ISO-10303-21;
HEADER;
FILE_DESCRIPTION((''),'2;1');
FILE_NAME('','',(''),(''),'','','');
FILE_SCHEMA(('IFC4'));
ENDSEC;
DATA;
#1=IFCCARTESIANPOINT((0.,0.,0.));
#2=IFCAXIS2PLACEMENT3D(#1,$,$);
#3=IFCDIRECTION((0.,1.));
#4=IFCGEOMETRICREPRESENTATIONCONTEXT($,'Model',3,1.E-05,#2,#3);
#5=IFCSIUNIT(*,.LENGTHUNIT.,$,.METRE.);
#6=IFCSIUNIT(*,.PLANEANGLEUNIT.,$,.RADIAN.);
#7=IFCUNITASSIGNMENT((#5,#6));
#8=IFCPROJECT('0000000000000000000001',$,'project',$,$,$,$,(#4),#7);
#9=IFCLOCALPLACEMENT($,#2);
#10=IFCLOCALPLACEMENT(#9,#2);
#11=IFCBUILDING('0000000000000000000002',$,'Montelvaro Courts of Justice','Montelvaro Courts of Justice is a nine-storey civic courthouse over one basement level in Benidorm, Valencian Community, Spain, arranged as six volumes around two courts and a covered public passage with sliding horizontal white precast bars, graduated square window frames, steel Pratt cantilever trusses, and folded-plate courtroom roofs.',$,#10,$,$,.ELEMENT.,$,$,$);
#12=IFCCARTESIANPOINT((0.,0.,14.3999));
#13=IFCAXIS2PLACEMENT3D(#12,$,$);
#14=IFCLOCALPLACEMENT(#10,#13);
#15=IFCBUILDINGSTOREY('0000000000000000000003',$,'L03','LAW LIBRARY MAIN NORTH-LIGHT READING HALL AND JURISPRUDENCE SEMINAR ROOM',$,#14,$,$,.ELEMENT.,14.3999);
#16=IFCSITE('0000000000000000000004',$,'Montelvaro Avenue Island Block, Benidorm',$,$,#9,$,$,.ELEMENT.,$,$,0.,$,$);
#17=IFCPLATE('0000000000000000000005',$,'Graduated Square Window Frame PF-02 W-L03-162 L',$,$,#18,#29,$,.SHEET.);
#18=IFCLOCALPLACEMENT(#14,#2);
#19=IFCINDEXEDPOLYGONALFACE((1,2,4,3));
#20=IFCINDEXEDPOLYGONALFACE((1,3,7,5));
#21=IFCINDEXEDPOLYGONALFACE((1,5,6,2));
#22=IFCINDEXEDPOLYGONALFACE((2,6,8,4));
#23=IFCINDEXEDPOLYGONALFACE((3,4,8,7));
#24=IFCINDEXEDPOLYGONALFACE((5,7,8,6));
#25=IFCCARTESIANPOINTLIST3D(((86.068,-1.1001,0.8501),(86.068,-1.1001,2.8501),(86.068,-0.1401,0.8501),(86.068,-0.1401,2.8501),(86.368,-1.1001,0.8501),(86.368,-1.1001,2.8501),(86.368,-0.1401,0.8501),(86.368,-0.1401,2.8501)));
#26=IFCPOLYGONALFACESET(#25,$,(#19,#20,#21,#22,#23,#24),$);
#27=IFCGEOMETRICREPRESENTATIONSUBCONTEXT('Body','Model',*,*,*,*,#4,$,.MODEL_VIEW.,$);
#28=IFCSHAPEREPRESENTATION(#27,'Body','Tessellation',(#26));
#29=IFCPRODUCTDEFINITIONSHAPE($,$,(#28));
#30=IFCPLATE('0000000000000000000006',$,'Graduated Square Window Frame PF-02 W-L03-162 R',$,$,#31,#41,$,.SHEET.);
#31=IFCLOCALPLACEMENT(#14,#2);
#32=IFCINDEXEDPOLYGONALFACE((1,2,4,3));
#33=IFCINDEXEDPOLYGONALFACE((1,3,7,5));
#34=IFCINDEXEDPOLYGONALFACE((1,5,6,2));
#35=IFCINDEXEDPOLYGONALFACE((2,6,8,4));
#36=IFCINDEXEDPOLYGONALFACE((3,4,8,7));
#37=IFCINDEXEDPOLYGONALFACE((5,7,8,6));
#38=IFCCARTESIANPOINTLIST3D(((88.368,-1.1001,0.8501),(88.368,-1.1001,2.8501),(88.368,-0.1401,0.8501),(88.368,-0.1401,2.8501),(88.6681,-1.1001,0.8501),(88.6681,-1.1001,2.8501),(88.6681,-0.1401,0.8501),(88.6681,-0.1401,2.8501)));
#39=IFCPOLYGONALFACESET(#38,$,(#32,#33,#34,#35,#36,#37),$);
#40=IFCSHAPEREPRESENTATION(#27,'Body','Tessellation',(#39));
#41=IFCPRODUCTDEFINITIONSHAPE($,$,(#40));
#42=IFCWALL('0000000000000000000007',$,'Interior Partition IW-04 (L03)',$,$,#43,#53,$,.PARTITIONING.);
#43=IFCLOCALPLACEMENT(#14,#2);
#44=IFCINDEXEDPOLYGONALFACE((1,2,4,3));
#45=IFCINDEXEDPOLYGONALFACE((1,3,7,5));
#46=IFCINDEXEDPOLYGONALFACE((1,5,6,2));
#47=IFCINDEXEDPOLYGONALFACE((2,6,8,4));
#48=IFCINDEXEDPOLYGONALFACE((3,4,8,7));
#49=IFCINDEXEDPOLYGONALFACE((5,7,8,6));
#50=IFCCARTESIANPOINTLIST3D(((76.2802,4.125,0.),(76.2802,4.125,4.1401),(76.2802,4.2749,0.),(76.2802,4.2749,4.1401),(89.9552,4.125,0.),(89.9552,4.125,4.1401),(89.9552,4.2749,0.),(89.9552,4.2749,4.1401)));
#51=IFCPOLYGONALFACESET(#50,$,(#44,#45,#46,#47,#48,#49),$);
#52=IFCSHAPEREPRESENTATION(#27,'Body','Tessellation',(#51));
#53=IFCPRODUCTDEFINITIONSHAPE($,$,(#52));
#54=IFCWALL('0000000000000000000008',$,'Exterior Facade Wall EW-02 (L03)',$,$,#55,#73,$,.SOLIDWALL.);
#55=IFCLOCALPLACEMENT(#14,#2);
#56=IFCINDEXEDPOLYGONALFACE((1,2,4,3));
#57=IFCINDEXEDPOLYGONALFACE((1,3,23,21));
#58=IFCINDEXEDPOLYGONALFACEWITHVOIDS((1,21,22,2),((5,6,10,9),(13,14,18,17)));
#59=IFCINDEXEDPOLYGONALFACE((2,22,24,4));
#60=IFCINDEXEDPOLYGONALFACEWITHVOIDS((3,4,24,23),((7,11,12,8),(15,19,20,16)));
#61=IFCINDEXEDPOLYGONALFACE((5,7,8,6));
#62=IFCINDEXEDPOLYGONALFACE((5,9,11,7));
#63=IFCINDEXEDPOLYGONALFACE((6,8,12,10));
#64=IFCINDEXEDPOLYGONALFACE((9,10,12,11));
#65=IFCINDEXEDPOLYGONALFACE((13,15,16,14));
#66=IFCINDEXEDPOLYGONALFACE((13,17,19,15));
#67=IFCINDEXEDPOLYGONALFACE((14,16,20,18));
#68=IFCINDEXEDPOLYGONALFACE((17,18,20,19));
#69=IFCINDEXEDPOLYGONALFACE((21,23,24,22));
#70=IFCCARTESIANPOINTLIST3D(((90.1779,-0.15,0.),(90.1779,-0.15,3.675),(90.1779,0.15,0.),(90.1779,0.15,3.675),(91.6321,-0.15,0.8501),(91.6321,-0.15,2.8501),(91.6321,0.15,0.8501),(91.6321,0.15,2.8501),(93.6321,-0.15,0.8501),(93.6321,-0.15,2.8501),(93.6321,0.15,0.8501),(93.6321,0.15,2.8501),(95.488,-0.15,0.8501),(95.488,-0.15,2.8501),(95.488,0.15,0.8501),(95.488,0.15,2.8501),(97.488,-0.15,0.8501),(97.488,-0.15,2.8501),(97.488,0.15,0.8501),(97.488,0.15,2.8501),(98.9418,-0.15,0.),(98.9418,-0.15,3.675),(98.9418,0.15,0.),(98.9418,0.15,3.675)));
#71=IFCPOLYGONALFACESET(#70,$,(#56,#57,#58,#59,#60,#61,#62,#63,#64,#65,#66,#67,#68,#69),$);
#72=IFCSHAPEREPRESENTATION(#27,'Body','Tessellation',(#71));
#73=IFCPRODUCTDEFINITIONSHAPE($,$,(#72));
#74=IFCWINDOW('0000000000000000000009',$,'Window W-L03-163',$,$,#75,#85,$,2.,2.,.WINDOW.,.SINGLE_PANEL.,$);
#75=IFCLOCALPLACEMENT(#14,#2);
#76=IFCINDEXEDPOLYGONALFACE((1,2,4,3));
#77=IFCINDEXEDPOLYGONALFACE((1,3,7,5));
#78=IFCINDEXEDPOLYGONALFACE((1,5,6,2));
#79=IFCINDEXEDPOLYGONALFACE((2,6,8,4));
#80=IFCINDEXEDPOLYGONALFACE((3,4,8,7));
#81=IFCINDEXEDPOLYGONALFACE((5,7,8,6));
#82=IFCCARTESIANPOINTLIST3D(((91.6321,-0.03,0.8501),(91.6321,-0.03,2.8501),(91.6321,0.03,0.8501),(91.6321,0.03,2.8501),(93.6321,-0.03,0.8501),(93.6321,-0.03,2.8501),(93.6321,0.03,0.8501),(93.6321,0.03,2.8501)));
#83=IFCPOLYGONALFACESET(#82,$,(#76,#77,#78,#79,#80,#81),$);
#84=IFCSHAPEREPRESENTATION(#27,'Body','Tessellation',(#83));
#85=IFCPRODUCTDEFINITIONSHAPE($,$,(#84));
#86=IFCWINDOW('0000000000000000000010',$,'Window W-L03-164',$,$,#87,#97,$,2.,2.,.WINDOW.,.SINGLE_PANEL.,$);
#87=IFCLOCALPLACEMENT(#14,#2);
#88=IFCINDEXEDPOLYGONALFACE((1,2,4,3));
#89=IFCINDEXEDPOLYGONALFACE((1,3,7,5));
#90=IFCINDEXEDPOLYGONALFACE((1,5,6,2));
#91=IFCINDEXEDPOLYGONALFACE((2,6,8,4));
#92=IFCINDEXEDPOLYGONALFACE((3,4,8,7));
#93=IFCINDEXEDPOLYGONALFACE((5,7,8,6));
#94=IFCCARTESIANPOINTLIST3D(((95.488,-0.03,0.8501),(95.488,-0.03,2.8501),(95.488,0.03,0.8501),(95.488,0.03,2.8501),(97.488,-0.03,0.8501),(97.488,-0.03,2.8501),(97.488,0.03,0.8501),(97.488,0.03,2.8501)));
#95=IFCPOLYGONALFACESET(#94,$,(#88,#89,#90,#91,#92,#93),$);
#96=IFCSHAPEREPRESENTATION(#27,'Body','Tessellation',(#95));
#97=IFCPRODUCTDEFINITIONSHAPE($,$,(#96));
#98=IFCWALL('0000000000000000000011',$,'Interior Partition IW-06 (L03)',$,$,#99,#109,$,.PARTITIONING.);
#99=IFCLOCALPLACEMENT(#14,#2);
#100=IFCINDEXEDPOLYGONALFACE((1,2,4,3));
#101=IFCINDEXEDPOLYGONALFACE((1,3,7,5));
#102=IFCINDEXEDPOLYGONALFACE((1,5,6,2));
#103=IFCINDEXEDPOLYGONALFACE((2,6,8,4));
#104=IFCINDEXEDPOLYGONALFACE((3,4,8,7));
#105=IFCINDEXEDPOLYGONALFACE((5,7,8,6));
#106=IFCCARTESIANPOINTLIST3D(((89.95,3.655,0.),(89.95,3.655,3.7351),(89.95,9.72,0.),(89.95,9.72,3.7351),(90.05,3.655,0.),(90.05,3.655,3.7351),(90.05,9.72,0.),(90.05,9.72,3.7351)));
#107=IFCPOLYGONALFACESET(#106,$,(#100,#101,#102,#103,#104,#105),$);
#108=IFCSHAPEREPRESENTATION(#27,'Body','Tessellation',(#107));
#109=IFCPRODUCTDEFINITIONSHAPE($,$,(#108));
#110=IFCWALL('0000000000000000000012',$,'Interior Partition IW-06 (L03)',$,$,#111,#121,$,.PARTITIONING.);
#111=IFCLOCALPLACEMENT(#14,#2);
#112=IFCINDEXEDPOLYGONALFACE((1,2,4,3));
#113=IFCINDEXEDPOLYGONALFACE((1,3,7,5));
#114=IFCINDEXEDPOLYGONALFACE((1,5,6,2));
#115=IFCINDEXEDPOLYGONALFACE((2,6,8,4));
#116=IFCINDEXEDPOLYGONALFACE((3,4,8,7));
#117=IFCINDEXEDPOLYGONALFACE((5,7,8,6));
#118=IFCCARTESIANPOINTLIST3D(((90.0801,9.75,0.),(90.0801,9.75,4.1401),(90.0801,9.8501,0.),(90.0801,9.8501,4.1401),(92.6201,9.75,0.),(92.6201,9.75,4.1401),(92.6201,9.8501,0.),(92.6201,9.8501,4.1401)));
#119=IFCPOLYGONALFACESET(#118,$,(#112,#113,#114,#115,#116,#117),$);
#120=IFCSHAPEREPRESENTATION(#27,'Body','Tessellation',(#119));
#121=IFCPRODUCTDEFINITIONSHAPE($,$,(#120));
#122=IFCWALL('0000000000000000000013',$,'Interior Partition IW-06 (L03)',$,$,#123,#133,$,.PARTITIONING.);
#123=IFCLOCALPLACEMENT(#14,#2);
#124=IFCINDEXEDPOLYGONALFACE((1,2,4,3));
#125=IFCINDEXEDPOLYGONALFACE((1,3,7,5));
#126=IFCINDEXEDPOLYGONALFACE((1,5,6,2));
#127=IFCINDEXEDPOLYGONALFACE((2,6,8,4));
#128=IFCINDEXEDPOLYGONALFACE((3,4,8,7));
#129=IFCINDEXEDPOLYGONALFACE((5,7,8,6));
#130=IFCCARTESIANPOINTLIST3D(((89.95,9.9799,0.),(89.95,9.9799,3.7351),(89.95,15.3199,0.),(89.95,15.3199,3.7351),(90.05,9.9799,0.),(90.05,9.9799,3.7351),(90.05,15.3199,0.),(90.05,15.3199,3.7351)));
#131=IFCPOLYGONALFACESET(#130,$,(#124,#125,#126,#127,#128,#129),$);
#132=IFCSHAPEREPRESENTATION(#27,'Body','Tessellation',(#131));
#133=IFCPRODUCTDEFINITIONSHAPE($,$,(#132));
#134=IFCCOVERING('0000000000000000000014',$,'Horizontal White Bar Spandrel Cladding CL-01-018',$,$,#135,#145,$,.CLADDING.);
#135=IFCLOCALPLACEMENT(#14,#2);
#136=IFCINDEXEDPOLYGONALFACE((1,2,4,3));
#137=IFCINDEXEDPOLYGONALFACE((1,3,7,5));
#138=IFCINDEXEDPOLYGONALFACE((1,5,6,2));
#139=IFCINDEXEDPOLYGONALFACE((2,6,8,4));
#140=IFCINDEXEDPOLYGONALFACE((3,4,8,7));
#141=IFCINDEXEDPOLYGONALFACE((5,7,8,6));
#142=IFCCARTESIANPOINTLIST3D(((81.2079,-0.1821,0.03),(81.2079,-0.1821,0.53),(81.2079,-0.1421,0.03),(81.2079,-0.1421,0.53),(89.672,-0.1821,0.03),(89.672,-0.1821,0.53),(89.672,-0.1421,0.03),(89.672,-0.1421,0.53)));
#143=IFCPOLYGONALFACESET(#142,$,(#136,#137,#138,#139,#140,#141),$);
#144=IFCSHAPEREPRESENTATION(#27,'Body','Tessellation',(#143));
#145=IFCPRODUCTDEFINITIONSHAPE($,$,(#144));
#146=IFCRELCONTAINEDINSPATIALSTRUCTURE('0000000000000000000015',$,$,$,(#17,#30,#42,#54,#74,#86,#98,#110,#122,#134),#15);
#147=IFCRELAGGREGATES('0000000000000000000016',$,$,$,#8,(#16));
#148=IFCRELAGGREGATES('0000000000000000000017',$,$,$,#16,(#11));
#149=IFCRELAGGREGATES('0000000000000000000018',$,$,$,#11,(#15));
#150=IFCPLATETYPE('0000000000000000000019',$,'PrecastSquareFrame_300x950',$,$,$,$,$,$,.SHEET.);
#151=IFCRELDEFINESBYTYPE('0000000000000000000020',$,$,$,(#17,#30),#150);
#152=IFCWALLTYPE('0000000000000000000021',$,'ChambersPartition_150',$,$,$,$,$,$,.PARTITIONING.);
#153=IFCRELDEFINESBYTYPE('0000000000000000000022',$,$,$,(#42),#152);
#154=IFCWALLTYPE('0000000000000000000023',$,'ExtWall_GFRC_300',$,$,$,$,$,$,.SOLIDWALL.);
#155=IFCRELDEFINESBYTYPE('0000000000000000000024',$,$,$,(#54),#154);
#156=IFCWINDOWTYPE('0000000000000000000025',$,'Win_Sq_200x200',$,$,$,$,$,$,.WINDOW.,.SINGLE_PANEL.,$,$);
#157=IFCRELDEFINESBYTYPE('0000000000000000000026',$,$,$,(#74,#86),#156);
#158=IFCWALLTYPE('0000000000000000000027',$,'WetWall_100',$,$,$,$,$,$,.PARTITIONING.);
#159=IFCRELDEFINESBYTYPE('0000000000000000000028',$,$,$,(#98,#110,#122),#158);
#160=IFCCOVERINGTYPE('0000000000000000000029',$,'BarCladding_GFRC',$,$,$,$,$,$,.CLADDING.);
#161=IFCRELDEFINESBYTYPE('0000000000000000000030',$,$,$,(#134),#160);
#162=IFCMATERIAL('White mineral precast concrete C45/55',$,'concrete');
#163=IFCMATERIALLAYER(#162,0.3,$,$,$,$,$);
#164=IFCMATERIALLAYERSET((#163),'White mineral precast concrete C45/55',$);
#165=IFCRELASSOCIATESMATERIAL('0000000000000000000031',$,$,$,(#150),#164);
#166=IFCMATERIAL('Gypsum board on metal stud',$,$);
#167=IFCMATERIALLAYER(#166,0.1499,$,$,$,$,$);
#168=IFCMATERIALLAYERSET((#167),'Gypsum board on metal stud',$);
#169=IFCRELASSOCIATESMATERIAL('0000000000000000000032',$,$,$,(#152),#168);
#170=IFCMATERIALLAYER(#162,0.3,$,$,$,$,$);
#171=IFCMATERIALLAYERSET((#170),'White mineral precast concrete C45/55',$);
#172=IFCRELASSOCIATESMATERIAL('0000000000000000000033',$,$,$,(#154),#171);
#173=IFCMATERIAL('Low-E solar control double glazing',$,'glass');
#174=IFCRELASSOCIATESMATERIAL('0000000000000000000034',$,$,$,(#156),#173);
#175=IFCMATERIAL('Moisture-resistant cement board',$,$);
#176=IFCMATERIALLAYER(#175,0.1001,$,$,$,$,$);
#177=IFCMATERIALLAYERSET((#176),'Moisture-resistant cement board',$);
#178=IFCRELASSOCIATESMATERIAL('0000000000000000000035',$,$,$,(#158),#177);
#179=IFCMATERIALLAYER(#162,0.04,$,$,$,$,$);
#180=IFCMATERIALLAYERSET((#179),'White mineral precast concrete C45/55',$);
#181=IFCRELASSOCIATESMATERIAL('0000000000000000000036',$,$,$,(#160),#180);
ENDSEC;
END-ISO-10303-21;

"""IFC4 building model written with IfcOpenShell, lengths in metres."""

from ifc_helpers import new_model, si_unit, direction, frame, frame_2d, origin, origin_2d, place, context, subcontext, project, spatial, rectangle, extrude, material, layer, layer_set, type_object, element, fill, save


model = new_model("IFC4")

# Units and contexts
model_context = context("Model", 3, precision=1e-05, world=origin(), true_north=direction((0.0, 1.0)))
body_context = subcontext(model_context, "Body", "Model", "MODEL_VIEW")
ifc_project = project(units=[si_unit("LENGTHUNIT", "METRE"), si_unit("PLANEANGLEUNIT", "RADIAN")], contexts=[model_context])

# Site, building, storey
site_placement = place(None, origin())
site = spatial("IfcSite", under=ifc_project, at=site_placement, Name="Montelvaro Avenue Island Block, Benidorm", CompositionType="ELEMENT", RefElevation=0.0)
building_placement = place(site_placement, origin())
building = spatial("IfcBuilding", under=site, at=building_placement, Name="Montelvaro Courts of Justice", Description="Montelvaro Courts of Justice is a nine-storey civic courthouse over one basement level in Benidorm, Valencian Community, Spain, arranged as six volumes around two courts and a covered public passage with sliding horizontal white precast bars, graduated square window frames, steel Pratt cantilever trusses, and folded-plate courtroom roofs.", CompositionType="ELEMENT")
storey_placement = place(building_placement, frame((0.0, 0.0, 14.3999)))
storey = spatial("IfcBuildingStorey", under=building, at=storey_placement, Name="L03", Description="LAW LIBRARY MAIN NORTH-LIGHT READING HALL AND JURISPRUDENCE SEMINAR ROOM", CompositionType="ELEMENT", Elevation=14.3999)

# Plates
ifc_material_1 = material(Name="White mineral precast concrete C45/55", Category="concrete")
ifc_layer_1 = layer(ifc_material_1, 0.3)
ifc_layer_set_1 = layer_set([ifc_layer_1], Name="White mineral precast concrete C45/55")
plate_type = type_object("IfcPlateType", Name="PrecastSquareFrame_300x950", PredefinedType="SHEET", material=ifc_layer_set_1)
for number, where, z_axis, x_axis, name in (
    (1, (86.218, -0.6201, 0.8501), (0.0, 0.0, 1.0), (1.0, 0.0, 0.0), "Graduated Square Window Frame PF-02 W-L03-162 L"),
    (2, (88.5181, -0.6201, 0.8501), (0.0, 0.0, 1.0), (1.0, 0.0, 0.0), "Graduated Square Window Frame PF-02 W-L03-162 R"),
):
    element("IfcPlate", number, at=place(storey_placement, frame(where, z_axis=z_axis, x_axis=x_axis)), inside=storey, type_object=plate_type, Name=name, PredefinedType="SHEET", context=body_context, shape_type="SweptSolid", body=[
        extrude(rectangle(XDim=0.3, YDim=0.96, at=origin_2d()), origin(), (0.0, 0.0, 1.0), 2.0),
    ])

# Wall
ifc_material_2 = material(Name="Gypsum board on metal stud")
ifc_layer_2 = layer(ifc_material_2, 0.1499)
ifc_layer_set_2 = layer_set([ifc_layer_2], Name="Gypsum board on metal stud")
wall_type_1 = type_object("IfcWallType", Name="ChambersPartition_150", PredefinedType="PARTITIONING", material=ifc_layer_set_2)
wall_1_placement = place(storey_placement, frame((89.9551, 4.2, 0.0), z_axis=(0.0, 0.0, 1.0), x_axis=(-1.0, 0.0, 0.0)))
element("IfcWall", 3, at=wall_1_placement, inside=storey, type_object=wall_type_1, Name="Interior Partition IW-04 (L03)", PredefinedType="PARTITIONING", context=body_context, shape_type="SweptSolid", body=[
    extrude(rectangle(XDim=13.675, YDim=0.1499, at=frame_2d((6.8374, 0.0))), origin(), (0.0, 0.0, 1.0), 4.1401),
])

# Wall, openings, windows
ifc_layer_3 = layer(ifc_material_1, 0.3)
ifc_layer_set_3 = layer_set([ifc_layer_3], Name="White mineral precast concrete C45/55")
wall_type_2 = type_object("IfcWallType", Name="ExtWall_GFRC_300", PredefinedType="SOLIDWALL", material=ifc_layer_set_3)
wall_2_placement = place(storey_placement, frame((90.178, 0.0, 0.0), z_axis=(0.0, 0.0, 1.0), x_axis=(1.0, 0.0, 0.0)))
wall_2 = element("IfcWall", 4, at=wall_2_placement, inside=storey, type_object=wall_type_2, Name="Exterior Facade Wall EW-02 (L03)", PredefinedType="SOLIDWALL", context=body_context, shape_type="SweptSolid", body=[
    extrude(rectangle(XDim=8.7639, YDim=0.3, at=frame_2d((4.3818, 0.0))), origin(), (0.0, 0.0, 1.0), 3.675),
])
opening_1_placement = place(wall_2_placement, frame((1.4541, 0.0, 0.8501)))
opening_1 = element("IfcOpeningElement", 5, at=opening_1_placement, cuts=wall_2, PredefinedType="OPENING", context=body_context, shape_type="SweptSolid", body=[
    extrude(rectangle(XDim=2.0, YDim=2.0, at=frame_2d((1.0, 1.0))), frame((0.0, 0.165, 0.0), z_axis=(0.0, -1.0, 0.0), x_axis=(1.0, 0.0, 0.0)), (0.0, 0.0, 1.0), 0.3298),
])
opening_2_placement = place(wall_2_placement, frame((5.3101, 0.0, 0.8501)))
opening_2 = element("IfcOpeningElement", 6, at=opening_2_placement, cuts=wall_2, PredefinedType="OPENING", context=body_context, shape_type="SweptSolid", body=[
    extrude(rectangle(XDim=2.0, YDim=2.0, at=frame_2d((1.0, 1.0))), frame((0.0, 0.165, 0.0), z_axis=(0.0, -1.0, 0.0), x_axis=(1.0, 0.0, 0.0)), (0.0, 0.0, 1.0), 0.3298),
])
ifc_material_3 = material(Name="Low-E solar control double glazing", Category="glass")
window_type = type_object("IfcWindowType", Name="Win_Sq_200x200", PartitioningType="SINGLE_PANEL", PredefinedType="WINDOW", material=ifc_material_3)
window_1_placement = place(opening_1_placement, origin())
window_1 = element("IfcWindow", 7, at=window_1_placement, inside=storey, type_object=window_type, Name="Window W-L03-163", OverallHeight=2.0, OverallWidth=2.0, PartitioningType="SINGLE_PANEL", PredefinedType="WINDOW", context=body_context, shape_type="SweptSolid", body=[
    extrude(rectangle(XDim=2.0, YDim=2.0, at=frame_2d((1.0, 1.0))), frame((0.0, 0.03, 0.0), z_axis=(0.0, -1.0, 0.0), x_axis=(1.0, 0.0, 0.0)), (0.0, 0.0, 1.0), 0.0601),
])
fill(opening_1, window_1)
window_2_placement = place(opening_2_placement, origin())
window_2 = element("IfcWindow", 8, at=window_2_placement, inside=storey, type_object=window_type, Name="Window W-L03-164", OverallHeight=2.0, OverallWidth=2.0, PartitioningType="SINGLE_PANEL", PredefinedType="WINDOW", context=body_context, shape_type="SweptSolid", body=[
    extrude(rectangle(XDim=2.0, YDim=2.0, at=frame_2d((1.0, 1.0))), frame((0.0, 0.03, 0.0), z_axis=(0.0, -1.0, 0.0), x_axis=(1.0, 0.0, 0.0)), (0.0, 0.0, 1.0), 0.0601),
])
fill(opening_2, window_2)

# Walls
ifc_material_4 = material(Name="Moisture-resistant cement board")
ifc_layer_4 = layer(ifc_material_4, 0.1001)
ifc_layer_set_4 = layer_set([ifc_layer_4], Name="Moisture-resistant cement board")
wall_type_3 = type_object("IfcWallType", Name="WetWall_100", PredefinedType="PARTITIONING", material=ifc_layer_set_4)
wall_3_placement = place(storey_placement, frame((90.0, 3.655, 0.0), z_axis=(0.0, 0.0, 1.0), x_axis=(0.0, 1.0, 0.0)))
element("IfcWall", 9, at=wall_3_placement, inside=storey, type_object=wall_type_3, Name="Interior Partition IW-06 (L03)", PredefinedType="PARTITIONING", context=body_context, shape_type="SweptSolid", body=[
    extrude(rectangle(XDim=6.0649, YDim=0.1001, at=frame_2d((3.0325, 0.0))), origin(), (0.0, 0.0, 1.0), 3.7351),
])
wall_4_placement = place(storey_placement, frame((90.0801, 9.8, 0.0), z_axis=(0.0, 0.0, 1.0), x_axis=(1.0, 0.0, 0.0)))
element("IfcWall", 10, at=wall_4_placement, inside=storey, type_object=wall_type_3, Name="Interior Partition IW-06 (L03)", PredefinedType="PARTITIONING", context=body_context, shape_type="SweptSolid", body=[
    extrude(rectangle(XDim=2.54, YDim=0.1001, at=frame_2d((1.27, 0.0))), origin(), (0.0, 0.0, 1.0), 4.1401),
])
wall_5_placement = place(storey_placement, frame((90.0, 9.98, 0.0), z_axis=(0.0, 0.0, 1.0), x_axis=(0.0, 1.0, 0.0)))
element("IfcWall", 11, at=wall_5_placement, inside=storey, type_object=wall_type_3, Name="Interior Partition IW-06 (L03)", PredefinedType="PARTITIONING", context=body_context, shape_type="SweptSolid", body=[
    extrude(rectangle(XDim=5.3401, YDim=0.1001, at=frame_2d((2.6699, 0.0))), origin(), (0.0, 0.0, 1.0), 3.7351),
])

# Covering
ifc_layer_5 = layer(ifc_material_1, 0.04)
ifc_layer_set_5 = layer_set([ifc_layer_5], Name="White mineral precast concrete C45/55")
covering_type = type_object("IfcCoveringType", Name="BarCladding_GFRC", PredefinedType="CLADDING", material=ifc_layer_set_5)
covering_placement = place(storey_placement, frame((85.4399, -0.1621, 0.03), z_axis=(0.0, 0.0, 1.0), x_axis=(1.0, 0.0, 0.0)))
element("IfcCovering", 12, at=covering_placement, inside=storey, type_object=covering_type, Name="Horizontal White Bar Spandrel Cladding CL-01-018", PredefinedType="CLADDING", context=body_context, shape_type="SweptSolid", body=[
    extrude(rectangle(XDim=8.4641, YDim=0.04, at=origin_2d()), origin(), (0.0, 0.0, 1.0), 0.5),
])

save(model, "model.ifc")
